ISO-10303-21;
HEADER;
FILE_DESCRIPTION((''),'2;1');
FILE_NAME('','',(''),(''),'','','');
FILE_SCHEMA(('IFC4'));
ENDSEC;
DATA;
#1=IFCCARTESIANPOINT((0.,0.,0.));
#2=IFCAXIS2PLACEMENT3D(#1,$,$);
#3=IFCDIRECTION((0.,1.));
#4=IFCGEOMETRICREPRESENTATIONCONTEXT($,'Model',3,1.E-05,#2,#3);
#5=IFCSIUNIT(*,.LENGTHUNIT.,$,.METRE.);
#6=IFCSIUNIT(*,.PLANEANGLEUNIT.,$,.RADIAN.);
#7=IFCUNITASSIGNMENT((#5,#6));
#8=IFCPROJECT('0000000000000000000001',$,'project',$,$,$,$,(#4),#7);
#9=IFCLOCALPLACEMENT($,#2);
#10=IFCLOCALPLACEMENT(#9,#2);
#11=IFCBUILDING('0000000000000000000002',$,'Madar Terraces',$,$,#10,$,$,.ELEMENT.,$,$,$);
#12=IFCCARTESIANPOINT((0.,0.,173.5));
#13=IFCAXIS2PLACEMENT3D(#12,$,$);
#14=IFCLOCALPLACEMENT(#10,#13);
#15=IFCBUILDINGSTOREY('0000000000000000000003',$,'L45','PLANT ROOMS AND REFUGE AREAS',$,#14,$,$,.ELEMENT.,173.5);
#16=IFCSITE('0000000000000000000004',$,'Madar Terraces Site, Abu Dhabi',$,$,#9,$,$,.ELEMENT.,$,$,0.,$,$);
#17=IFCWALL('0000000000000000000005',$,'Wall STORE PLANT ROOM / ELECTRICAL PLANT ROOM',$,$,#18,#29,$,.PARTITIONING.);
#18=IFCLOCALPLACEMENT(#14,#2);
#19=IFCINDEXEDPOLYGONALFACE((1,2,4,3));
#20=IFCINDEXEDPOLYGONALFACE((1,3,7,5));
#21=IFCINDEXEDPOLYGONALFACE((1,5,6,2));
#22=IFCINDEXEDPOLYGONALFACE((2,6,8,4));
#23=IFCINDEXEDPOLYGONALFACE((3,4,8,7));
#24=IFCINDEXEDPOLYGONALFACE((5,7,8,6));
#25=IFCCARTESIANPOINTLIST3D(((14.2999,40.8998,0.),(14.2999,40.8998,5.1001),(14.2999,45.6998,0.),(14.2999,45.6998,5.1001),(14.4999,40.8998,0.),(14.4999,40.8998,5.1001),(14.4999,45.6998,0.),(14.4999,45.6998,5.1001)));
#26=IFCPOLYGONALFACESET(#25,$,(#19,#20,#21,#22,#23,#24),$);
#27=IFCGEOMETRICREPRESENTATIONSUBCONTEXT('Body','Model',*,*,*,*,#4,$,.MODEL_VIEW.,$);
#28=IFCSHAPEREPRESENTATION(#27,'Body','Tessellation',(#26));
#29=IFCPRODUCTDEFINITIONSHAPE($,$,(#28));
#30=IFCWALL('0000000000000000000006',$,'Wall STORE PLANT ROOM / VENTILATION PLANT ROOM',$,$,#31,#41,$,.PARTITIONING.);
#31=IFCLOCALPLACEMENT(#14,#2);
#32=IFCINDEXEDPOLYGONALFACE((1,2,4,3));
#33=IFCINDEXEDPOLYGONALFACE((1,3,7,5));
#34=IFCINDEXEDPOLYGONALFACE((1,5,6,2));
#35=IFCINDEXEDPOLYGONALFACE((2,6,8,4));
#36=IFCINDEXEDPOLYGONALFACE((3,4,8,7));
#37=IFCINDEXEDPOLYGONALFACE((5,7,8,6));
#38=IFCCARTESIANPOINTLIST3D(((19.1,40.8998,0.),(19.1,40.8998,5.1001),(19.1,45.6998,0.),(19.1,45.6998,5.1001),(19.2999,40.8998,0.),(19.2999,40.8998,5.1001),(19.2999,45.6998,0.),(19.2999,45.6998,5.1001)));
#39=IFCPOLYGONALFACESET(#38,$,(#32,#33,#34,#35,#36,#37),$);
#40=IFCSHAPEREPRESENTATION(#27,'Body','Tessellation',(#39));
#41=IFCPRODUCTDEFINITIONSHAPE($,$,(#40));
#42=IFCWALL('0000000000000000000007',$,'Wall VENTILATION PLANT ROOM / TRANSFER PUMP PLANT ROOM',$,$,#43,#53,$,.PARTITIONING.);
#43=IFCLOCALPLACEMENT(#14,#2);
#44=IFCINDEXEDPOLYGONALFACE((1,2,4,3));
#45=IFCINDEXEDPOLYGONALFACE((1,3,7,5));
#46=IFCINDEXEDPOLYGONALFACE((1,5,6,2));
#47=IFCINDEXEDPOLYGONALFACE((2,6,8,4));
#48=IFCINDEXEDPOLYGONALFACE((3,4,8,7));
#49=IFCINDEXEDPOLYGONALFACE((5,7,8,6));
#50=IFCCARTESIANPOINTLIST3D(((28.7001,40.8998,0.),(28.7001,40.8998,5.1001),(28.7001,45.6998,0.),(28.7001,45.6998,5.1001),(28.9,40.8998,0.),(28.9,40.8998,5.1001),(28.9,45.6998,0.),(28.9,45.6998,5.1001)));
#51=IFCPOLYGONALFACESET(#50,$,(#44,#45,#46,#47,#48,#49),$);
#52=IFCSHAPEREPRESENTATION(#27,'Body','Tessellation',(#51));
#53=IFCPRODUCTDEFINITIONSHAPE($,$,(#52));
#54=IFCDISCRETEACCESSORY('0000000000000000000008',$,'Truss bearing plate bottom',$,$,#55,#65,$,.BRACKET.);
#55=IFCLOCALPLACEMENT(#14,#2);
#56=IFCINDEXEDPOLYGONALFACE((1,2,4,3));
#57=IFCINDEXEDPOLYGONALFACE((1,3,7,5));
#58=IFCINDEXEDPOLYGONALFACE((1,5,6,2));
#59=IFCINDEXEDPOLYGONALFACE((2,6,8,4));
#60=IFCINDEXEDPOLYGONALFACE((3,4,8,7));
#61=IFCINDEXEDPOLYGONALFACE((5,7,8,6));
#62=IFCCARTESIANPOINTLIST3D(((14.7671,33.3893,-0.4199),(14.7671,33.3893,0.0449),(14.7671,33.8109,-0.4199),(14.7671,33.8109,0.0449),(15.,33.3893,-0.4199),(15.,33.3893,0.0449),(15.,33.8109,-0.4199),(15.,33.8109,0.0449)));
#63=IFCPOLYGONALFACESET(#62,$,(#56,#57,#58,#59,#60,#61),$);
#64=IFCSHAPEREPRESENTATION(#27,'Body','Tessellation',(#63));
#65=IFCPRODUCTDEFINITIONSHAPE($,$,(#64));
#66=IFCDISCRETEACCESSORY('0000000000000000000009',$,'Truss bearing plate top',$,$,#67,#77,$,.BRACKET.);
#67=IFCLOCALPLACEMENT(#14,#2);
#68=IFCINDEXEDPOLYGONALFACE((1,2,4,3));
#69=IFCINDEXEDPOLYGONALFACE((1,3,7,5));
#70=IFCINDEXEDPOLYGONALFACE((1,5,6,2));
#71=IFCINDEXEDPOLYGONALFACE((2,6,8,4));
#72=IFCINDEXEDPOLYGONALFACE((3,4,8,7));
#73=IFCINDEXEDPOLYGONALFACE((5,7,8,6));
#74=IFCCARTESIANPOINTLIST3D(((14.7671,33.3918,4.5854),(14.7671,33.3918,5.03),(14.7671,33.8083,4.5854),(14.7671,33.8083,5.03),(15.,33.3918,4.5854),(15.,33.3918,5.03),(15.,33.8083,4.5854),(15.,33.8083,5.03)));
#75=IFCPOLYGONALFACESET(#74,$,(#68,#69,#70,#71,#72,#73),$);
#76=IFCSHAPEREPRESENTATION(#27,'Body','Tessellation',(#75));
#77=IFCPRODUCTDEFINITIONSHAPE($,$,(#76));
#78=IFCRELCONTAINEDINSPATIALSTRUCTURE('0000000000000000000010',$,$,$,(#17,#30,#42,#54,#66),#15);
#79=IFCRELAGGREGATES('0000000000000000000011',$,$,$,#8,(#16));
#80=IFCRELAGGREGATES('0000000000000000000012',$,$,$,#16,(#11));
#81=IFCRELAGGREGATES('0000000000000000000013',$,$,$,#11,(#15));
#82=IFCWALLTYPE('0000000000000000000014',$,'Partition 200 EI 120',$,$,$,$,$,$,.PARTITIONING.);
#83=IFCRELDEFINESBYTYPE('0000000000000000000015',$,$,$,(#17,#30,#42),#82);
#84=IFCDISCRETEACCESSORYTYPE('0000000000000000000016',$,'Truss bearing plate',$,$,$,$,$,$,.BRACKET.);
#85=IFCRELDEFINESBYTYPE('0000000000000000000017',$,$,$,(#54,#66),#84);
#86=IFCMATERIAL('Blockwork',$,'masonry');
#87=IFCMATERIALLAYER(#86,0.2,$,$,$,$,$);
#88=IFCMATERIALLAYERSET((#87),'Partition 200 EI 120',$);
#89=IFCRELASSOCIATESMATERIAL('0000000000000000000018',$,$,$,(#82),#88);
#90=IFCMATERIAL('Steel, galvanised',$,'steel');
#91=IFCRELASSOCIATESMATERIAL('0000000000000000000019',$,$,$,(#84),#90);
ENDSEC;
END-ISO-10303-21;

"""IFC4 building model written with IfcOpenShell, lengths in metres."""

from ifc_helpers import new_model, si_unit, direction, frame, frame_2d, origin, origin_2d, place, context, subcontext, project, spatial, rectangle, extrude, material, layer, layer_set, type_object, element, save


model = new_model("IFC4")

# Units and contexts
model_context = context("Model", 3, precision=1e-05, world=origin(), true_north=direction((0.0, 1.0)))
body_context = subcontext(model_context, "Body", "Model", "MODEL_VIEW")
ifc_project = project(units=[si_unit("LENGTHUNIT", "METRE"), si_unit("PLANEANGLEUNIT", "RADIAN")], contexts=[model_context])

# Site, building, storey
site_placement = place(None, origin())
site = spatial("IfcSite", under=ifc_project, at=site_placement, Name="Madar Terraces Site, Abu Dhabi", CompositionType="ELEMENT", RefElevation=0.0)
building_placement = place(site_placement, origin())
building = spatial("IfcBuilding", under=site, at=building_placement, Name="Madar Terraces", CompositionType="ELEMENT")
storey_placement = place(building_placement, frame((0.0, 0.0, 173.5)))
storey = spatial("IfcBuildingStorey", under=building, at=storey_placement, Name="L45", Description="PLANT ROOMS AND REFUGE AREAS", CompositionType="ELEMENT", Elevation=173.5)

# Walls
ifc_material_1 = material(Name="Blockwork", Category="masonry")
ifc_layer_1 = layer(ifc_material_1, 0.2)
ifc_layer_set_1 = layer_set([ifc_layer_1], Name="Partition 200 EI 120")
wall_type_1 = type_object("IfcWallType", Name="Partition 200 EI 120", PredefinedType="PARTITIONING", material=ifc_layer_set_1)
for number, where, z_axis, x_axis, name in (
    (1, (14.3999, 40.8999, 0.0), (0.0, 0.0, 1.0), (0.0, 1.0, 0.0), "Wall STORE PLANT ROOM / ELECTRICAL PLANT ROOM"),
    (2, (19.2, 40.8999, 0.0), (0.0, 0.0, 1.0), (0.0, 1.0, 0.0), "Wall STORE PLANT ROOM / VENTILATION PLANT ROOM"),
    (3, (28.8, 40.8999, 0.0), (0.0, 0.0, 1.0), (0.0, 1.0, 0.0), "Wall VENTILATION PLANT ROOM / TRANSFER PUMP PLANT ROOM"),
):
    element("IfcWall", number, at=place(storey_placement, frame(where, z_axis=z_axis, x_axis=x_axis)), inside=storey, type_object=wall_type_1, Name=name, PredefinedType="PARTITIONING", context=body_context, shape_type="SweptSolid", body=[
        extrude(rectangle(XDim=4.8, YDim=0.2, at=frame_2d((2.3999, 0.0))), origin(), (0.0, 0.0, 1.0), 5.1001),
    ])

# Discrete accessories
ifc_material_2 = material(Name="Steel, galvanised", Category="steel")
discrete_accessory_type = type_object("IfcDiscreteAccessoryType", Name="Truss bearing plate", PredefinedType="BRACKET", material=ifc_material_2)
discrete_accessory_1_placement = place(storey_placement, frame((14.8835, 33.6001, -0.4199), z_axis=(0.0, 0.0, 1.0), x_axis=(1.0, 0.0, 0.0)))
element("IfcDiscreteAccessory", 4, at=discrete_accessory_1_placement, inside=storey, type_object=discrete_accessory_type, Name="Truss bearing plate bottom", PredefinedType="BRACKET", context=body_context, shape_type="SweptSolid", body=[
    extrude(rectangle(XDim=0.2329, YDim=0.4216, at=origin_2d()), origin(), (0.0, 0.0, 1.0), 0.4648),
])
discrete_accessory_2_placement = place(storey_placement, frame((14.8835, 33.6001, 4.5854), z_axis=(0.0, 0.0, 1.0), x_axis=(1.0, 0.0, 0.0)))
element("IfcDiscreteAccessory", 5, at=discrete_accessory_2_placement, inside=storey, type_object=discrete_accessory_type, Name="Truss bearing plate top", PredefinedType="BRACKET", context=body_context, shape_type="SweptSolid", body=[
    extrude(rectangle(XDim=0.2329, YDim=0.4165, at=origin_2d()), origin(), (0.0, 0.0, 1.0), 0.4446),
])

save(model, "model.ifc")
